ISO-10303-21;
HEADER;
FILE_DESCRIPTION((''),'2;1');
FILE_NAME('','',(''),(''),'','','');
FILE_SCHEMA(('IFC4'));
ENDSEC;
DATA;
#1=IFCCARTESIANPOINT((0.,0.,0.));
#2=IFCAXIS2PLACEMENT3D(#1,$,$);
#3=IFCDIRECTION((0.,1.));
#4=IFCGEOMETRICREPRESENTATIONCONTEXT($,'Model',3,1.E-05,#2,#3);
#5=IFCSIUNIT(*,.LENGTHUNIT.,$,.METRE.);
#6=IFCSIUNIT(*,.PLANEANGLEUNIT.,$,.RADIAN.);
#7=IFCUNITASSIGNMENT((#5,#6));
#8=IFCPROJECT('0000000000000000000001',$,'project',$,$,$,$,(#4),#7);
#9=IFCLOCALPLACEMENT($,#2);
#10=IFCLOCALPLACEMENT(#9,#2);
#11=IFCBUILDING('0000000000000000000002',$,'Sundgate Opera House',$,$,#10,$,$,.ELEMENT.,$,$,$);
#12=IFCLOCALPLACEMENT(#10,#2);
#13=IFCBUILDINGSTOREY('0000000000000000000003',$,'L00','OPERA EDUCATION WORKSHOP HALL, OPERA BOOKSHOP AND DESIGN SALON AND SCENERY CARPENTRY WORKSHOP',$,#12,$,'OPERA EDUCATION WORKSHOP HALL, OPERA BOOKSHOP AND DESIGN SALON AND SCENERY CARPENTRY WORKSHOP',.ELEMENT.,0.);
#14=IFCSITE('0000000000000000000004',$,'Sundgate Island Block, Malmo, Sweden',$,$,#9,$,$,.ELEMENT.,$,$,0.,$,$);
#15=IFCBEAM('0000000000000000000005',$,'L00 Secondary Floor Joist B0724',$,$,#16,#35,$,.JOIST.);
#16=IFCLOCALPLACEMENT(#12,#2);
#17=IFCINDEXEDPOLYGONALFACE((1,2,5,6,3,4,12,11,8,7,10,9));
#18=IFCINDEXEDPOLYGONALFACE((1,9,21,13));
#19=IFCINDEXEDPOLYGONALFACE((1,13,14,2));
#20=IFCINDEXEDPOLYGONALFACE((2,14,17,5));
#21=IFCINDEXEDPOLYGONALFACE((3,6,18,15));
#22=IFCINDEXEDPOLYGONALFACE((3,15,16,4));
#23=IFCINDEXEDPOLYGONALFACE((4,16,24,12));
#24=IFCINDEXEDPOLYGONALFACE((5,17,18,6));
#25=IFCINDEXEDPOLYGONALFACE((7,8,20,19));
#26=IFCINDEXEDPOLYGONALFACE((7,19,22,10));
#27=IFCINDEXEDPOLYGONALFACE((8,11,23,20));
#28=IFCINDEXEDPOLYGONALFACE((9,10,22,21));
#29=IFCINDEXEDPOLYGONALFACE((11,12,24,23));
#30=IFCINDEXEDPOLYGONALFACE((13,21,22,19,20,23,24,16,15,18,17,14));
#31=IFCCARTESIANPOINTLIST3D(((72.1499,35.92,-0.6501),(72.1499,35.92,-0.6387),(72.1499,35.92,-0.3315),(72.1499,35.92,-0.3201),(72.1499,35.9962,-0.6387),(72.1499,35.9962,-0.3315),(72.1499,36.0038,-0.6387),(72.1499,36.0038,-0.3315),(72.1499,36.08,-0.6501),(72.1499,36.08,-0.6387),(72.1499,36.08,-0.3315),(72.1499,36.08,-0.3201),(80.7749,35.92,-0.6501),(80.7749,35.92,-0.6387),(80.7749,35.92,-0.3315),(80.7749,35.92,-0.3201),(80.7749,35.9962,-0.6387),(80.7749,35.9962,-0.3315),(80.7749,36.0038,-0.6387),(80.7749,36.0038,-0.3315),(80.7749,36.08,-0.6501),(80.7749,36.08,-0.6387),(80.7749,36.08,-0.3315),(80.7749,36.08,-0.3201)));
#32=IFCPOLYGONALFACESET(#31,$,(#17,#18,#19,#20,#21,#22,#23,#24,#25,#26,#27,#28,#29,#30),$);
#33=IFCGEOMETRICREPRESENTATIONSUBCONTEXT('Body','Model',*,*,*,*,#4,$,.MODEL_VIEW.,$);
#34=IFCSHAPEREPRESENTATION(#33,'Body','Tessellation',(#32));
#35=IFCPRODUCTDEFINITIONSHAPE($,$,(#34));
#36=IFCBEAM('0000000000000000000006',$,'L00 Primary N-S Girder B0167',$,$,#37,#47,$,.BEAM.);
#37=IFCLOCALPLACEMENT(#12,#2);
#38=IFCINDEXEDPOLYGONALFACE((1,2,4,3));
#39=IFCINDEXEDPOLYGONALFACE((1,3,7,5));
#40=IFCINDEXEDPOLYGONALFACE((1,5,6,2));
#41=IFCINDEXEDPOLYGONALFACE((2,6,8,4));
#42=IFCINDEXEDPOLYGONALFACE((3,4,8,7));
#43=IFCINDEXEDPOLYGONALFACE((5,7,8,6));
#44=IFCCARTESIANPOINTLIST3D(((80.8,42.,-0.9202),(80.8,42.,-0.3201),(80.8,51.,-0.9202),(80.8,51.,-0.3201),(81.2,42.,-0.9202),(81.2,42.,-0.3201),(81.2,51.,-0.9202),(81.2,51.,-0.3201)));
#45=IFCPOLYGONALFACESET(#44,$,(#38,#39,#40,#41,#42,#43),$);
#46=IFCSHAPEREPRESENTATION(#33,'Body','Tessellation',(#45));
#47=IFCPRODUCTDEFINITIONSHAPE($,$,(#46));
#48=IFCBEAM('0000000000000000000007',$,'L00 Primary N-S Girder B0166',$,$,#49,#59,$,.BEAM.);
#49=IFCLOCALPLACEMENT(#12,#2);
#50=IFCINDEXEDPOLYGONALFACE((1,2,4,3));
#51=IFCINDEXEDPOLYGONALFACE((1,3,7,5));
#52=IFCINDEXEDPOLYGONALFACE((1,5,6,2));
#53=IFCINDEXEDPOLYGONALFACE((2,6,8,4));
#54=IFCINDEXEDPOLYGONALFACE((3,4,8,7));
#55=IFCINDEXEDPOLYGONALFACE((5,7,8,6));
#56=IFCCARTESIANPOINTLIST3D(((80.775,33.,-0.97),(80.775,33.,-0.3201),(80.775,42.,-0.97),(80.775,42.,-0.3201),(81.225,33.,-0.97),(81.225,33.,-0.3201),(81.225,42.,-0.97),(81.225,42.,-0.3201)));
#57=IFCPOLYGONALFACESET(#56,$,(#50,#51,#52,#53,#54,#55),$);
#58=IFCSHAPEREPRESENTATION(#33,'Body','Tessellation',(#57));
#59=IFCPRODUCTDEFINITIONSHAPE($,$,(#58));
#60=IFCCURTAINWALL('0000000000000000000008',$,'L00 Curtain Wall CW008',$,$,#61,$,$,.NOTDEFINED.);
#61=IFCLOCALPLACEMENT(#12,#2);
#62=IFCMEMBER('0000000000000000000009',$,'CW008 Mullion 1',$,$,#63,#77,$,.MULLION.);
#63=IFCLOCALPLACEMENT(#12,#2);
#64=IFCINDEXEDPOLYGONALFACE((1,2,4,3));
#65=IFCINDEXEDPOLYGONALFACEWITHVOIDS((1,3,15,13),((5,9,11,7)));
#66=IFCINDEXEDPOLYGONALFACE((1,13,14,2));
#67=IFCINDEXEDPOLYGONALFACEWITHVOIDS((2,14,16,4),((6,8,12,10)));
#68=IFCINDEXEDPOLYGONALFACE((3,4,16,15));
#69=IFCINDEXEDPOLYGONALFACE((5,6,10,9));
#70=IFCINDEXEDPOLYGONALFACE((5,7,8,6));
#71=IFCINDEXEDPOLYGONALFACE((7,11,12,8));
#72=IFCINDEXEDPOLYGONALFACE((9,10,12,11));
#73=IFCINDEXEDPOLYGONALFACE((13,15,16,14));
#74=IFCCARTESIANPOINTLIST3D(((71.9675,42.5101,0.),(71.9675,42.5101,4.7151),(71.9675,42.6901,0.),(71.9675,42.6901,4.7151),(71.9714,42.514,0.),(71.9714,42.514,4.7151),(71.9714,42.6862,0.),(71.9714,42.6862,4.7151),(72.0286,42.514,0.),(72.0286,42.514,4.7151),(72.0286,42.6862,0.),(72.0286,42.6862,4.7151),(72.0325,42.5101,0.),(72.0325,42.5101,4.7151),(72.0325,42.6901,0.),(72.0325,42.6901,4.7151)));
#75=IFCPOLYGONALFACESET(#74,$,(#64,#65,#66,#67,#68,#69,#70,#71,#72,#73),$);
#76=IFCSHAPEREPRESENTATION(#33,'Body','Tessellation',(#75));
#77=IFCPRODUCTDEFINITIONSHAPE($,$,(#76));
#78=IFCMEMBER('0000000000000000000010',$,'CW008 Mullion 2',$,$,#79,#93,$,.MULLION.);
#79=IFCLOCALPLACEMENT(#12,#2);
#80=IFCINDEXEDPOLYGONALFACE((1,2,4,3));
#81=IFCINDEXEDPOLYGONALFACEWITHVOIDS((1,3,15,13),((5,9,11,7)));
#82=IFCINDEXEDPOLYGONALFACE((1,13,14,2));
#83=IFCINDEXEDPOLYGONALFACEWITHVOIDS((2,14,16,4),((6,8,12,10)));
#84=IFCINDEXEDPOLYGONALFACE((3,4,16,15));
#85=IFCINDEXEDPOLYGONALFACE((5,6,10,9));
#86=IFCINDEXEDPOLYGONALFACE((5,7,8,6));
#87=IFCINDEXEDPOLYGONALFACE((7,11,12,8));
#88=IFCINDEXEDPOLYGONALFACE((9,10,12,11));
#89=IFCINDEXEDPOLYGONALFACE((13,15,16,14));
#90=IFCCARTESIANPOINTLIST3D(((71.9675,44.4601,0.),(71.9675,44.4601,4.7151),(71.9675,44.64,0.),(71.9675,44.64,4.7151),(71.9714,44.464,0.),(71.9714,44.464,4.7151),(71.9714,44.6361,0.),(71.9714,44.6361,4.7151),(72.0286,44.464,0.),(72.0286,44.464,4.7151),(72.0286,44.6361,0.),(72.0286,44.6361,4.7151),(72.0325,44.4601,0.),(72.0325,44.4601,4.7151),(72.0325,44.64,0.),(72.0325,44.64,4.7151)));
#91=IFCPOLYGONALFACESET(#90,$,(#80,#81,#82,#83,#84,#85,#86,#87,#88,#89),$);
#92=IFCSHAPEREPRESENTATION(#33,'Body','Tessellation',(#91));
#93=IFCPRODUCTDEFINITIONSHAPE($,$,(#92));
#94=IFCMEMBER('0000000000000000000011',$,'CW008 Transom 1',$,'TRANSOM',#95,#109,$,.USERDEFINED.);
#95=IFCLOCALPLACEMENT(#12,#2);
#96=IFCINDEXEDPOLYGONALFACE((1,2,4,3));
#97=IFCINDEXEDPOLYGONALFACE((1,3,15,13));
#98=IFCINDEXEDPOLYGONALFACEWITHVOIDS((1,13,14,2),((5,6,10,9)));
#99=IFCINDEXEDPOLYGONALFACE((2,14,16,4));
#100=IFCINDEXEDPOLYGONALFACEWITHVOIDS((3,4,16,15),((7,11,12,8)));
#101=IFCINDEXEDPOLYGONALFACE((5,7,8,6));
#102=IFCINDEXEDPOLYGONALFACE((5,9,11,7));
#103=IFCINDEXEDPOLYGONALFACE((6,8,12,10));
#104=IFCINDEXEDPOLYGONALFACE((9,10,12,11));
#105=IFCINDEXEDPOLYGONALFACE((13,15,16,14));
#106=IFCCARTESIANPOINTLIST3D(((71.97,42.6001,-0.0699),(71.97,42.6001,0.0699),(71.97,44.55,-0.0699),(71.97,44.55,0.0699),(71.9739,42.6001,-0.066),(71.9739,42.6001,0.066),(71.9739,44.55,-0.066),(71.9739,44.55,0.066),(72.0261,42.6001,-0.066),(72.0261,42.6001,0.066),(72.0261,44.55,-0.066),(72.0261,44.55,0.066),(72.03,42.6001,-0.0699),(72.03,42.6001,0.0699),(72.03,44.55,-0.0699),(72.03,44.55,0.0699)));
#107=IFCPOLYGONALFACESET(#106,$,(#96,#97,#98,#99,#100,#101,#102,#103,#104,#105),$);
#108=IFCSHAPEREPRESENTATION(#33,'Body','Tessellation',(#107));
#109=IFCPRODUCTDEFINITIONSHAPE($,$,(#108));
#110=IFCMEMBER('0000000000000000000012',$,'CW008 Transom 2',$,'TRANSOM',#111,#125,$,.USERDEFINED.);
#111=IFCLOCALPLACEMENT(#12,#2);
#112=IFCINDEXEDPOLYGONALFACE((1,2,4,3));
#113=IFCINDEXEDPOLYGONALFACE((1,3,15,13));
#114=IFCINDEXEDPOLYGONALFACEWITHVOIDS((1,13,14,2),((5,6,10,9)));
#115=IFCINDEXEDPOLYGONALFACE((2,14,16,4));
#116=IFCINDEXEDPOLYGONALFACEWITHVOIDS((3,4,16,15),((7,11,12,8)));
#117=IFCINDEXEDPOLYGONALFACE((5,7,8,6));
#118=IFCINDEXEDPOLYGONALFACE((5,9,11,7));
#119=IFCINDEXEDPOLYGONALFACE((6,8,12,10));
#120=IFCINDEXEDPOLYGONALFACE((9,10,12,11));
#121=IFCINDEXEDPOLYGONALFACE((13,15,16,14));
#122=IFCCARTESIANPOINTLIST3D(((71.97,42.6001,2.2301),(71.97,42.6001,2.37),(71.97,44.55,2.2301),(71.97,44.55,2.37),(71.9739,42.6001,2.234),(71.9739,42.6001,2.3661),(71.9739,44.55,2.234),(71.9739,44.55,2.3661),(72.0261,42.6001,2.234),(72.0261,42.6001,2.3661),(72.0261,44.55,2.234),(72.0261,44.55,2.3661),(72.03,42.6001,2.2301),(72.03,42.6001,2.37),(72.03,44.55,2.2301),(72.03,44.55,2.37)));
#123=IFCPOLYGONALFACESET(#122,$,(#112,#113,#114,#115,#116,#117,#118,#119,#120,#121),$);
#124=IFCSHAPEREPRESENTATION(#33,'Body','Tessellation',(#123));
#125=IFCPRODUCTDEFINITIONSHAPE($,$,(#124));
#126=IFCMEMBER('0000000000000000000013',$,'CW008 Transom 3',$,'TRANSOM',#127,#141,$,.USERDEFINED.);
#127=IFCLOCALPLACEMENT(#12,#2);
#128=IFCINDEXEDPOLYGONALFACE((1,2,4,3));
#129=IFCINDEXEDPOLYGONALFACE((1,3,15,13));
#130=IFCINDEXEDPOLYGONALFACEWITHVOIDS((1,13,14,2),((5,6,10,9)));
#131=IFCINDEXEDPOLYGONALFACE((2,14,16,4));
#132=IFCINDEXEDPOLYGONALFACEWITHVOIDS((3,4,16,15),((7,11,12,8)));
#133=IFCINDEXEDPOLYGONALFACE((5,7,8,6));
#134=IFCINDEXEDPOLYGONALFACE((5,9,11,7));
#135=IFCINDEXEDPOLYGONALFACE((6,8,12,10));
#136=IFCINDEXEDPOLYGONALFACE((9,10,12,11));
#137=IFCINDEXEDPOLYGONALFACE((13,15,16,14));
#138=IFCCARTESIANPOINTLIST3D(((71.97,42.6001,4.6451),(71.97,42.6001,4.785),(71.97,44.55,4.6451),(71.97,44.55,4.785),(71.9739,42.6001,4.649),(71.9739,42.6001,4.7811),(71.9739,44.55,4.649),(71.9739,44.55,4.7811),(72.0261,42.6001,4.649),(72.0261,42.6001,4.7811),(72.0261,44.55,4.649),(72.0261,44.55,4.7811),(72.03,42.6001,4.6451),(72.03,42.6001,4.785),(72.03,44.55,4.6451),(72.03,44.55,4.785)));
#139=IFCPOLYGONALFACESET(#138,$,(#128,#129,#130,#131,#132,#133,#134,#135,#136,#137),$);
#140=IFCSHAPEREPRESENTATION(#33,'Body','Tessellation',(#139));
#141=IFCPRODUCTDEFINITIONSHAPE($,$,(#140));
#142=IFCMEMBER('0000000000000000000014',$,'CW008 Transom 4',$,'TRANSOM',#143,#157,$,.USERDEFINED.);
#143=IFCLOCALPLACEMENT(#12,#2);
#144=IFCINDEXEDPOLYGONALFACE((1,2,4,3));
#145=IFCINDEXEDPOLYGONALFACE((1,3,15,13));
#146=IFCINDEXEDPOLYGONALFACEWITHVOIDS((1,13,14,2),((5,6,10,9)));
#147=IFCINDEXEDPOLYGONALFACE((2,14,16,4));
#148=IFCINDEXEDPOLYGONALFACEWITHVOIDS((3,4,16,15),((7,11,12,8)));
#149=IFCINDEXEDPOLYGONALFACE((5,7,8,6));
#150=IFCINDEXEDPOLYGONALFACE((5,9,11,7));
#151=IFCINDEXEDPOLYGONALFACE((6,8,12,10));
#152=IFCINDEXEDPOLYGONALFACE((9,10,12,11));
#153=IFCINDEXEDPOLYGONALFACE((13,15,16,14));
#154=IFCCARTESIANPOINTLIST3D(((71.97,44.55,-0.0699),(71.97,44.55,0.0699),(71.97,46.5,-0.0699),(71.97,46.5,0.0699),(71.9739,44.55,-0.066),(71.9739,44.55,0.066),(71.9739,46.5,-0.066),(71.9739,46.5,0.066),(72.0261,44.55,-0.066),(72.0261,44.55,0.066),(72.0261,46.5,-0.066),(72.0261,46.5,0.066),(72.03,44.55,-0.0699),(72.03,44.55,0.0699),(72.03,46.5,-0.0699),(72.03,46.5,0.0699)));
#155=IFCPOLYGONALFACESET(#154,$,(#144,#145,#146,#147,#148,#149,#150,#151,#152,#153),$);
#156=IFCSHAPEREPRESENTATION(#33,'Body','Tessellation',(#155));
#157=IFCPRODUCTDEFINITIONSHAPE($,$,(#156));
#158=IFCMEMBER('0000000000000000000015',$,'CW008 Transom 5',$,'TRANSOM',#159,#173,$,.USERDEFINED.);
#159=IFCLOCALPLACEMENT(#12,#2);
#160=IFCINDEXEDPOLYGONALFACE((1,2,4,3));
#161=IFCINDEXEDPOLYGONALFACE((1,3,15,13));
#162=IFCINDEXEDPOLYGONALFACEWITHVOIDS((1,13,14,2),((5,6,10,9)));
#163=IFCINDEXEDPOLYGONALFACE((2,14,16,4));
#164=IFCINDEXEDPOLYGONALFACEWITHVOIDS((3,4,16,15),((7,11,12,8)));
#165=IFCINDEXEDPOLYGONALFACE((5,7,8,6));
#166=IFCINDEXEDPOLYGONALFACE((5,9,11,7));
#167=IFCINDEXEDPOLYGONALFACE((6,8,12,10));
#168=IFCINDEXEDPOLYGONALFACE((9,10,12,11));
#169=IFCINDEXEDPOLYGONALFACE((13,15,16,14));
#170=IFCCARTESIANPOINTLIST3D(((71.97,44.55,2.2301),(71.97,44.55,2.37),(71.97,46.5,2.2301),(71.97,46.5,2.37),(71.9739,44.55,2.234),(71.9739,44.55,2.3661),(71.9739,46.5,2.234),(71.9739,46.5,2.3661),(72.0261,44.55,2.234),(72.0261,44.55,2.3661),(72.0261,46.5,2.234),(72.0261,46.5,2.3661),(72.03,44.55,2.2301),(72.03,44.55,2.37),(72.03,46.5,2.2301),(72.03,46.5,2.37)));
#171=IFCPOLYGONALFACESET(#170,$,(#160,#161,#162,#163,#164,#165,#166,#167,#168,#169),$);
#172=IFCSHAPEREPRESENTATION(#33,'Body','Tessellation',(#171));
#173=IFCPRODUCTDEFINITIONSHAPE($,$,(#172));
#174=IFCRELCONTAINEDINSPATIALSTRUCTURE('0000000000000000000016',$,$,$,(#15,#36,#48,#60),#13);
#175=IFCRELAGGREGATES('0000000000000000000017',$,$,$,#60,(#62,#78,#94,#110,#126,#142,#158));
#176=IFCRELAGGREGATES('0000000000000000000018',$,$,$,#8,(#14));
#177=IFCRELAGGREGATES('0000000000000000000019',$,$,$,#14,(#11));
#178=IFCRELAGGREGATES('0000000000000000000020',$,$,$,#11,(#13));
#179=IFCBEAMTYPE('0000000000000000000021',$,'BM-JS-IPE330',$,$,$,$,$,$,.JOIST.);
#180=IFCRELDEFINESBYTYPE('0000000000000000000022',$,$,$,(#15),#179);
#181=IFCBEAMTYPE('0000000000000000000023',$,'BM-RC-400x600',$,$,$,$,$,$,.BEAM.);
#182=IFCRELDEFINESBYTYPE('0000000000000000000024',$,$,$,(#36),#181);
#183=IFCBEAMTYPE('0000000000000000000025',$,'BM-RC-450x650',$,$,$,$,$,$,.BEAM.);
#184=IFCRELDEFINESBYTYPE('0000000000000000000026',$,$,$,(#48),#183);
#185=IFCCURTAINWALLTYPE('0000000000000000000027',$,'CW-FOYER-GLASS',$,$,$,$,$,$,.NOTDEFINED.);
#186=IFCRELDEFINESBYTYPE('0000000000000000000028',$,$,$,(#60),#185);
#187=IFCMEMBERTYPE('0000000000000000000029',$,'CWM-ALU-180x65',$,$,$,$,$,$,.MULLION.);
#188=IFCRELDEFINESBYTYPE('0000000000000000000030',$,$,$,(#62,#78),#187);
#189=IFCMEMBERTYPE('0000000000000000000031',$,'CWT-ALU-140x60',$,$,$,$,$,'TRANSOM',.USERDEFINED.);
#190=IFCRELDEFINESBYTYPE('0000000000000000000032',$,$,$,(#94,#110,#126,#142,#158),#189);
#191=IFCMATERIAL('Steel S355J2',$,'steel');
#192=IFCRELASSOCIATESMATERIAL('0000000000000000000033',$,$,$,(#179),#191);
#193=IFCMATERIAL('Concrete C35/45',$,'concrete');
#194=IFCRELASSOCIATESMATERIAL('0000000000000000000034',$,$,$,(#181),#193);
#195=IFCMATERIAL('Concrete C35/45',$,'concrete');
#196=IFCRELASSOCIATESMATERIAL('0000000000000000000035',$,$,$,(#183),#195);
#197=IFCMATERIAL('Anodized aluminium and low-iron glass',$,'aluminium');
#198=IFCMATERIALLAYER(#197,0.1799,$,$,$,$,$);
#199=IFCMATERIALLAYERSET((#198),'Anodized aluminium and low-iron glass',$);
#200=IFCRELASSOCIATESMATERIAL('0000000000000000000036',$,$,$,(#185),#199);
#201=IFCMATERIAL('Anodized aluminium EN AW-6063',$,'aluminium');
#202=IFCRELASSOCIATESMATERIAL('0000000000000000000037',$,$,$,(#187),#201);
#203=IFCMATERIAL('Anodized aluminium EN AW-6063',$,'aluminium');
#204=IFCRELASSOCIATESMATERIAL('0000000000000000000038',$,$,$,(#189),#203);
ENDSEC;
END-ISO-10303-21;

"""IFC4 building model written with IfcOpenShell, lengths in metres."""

from ifc_helpers import new_model, si_unit, direction, frame, origin, origin_2d, place, context, subcontext, project, spatial, rectangle, hollow_rectangle, i_section, extrude, material, layer, layer_set, material_profile, profile_set, type_object, element, aggregate, save


model = new_model("IFC4")

# Units and contexts
model_context = context("Model", 3, precision=1e-05, world=origin(), true_north=direction((0.0, 1.0)))
body_context = subcontext(model_context, "Body", "Model", "MODEL_VIEW")
ifc_project = project(units=[si_unit("LENGTHUNIT", "METRE"), si_unit("PLANEANGLEUNIT", "RADIAN")], contexts=[model_context])

# Site, building, storey
site_placement = place(None, origin())
site = spatial("IfcSite", under=ifc_project, at=site_placement, Name="Sundgate Island Block, Malmo, Sweden", CompositionType="ELEMENT", RefElevation=0.0)
building_placement = place(site_placement, origin())
building = spatial("IfcBuilding", under=site, at=building_placement, Name="Sundgate Opera House", CompositionType="ELEMENT")
storey_placement = place(building_placement, origin())
storey = spatial("IfcBuildingStorey", under=building, at=storey_placement, Name="L00", Description="OPERA EDUCATION WORKSHOP HALL, OPERA BOOKSHOP AND DESIGN SALON AND SCENERY CARPENTRY WORKSHOP", LongName="OPERA EDUCATION WORKSHOP HALL, OPERA BOOKSHOP AND DESIGN SALON AND SCENERY CARPENTRY WORKSHOP", CompositionType="ELEMENT", Elevation=0.0)

# Beams
ifc_material_1 = material(Name="Steel S355J2", Category="steel")
ifc_material_profile_1 = material_profile(ifc_material_1, i_section(OverallWidth=0.1599, OverallDepth=0.3301, WebThickness=0.0076, FlangeThickness=0.0115, at=origin_2d()), Name="IPE 330")
ifc_profile_set_1 = profile_set([ifc_material_profile_1], Name="Steel S355J2")
beam_type_1 = type_object("IfcBeamType", Name="BM-JS-IPE330", PredefinedType="JOIST", material=ifc_profile_set_1)
beam_1_placement = place(storey_placement, frame((72.1499, 36.0, -0.4851), z_axis=(1.0, 0.0, 0.0), x_axis=(0.0, 1.0, 0.0)))
element("IfcBeam", 1, at=beam_1_placement, inside=storey, type_object=beam_type_1, Name="L00 Secondary Floor Joist B0724", PredefinedType="JOIST", context=body_context, shape_type="SweptSolid", body=[
    extrude(i_section(OverallWidth=0.1599, OverallDepth=0.3301, WebThickness=0.0076, FlangeThickness=0.0115, at=origin_2d()), origin(), (0.0, 0.0, 1.0), 8.625),
])
ifc_material_2 = material(Name="Concrete C35/45", Category="concrete")
ifc_material_profile_2 = material_profile(ifc_material_2, rectangle(XDim=0.3999, YDim=0.6001, at=origin_2d()), Name="RC 400x600")
ifc_profile_set_2 = profile_set([ifc_material_profile_2], Name="Concrete C35/45")
beam_type_2 = type_object("IfcBeamType", Name="BM-RC-400x600", PredefinedType="BEAM", material=ifc_profile_set_2)
beam_2_placement = place(storey_placement, frame((81.0, 42.0, -0.6201), z_axis=(0.0, 1.0, 0.0), x_axis=(-1.0, 0.0, 0.0)))
element("IfcBeam", 2, at=beam_2_placement, inside=storey, type_object=beam_type_2, Name="L00 Primary N-S Girder B0167", PredefinedType="BEAM", context=body_context, shape_type="SweptSolid", body=[
    extrude(rectangle(XDim=0.3999, YDim=0.6001, at=origin_2d()), origin(), (0.0, 0.0, 1.0), 9.0),
])
ifc_material_3 = material(Name="Concrete C35/45", Category="concrete")
ifc_material_profile_3 = material_profile(ifc_material_3, rectangle(XDim=0.45, YDim=0.6499, at=origin_2d()), Name="RC 450x650")
ifc_profile_set_3 = profile_set([ifc_material_profile_3], Name="Concrete C35/45")
beam_type_3 = type_object("IfcBeamType", Name="BM-RC-450x650", PredefinedType="BEAM", material=ifc_profile_set_3)
beam_3_placement = place(storey_placement, frame((81.0, 33.0, -0.645), z_axis=(0.0, 1.0, 0.0), x_axis=(-1.0, 0.0, 0.0)))
element("IfcBeam", 3, at=beam_3_placement, inside=storey, type_object=beam_type_3, Name="L00 Primary N-S Girder B0166", PredefinedType="BEAM", context=body_context, shape_type="SweptSolid", body=[
    extrude(rectangle(XDim=0.45, YDim=0.6499, at=origin_2d()), origin(), (0.0, 0.0, 1.0), 9.0),
])

# Curtain wall, members
ifc_material_4 = material(Name="Anodized aluminium and low-iron glass", Category="aluminium")
ifc_layer_1 = layer(ifc_material_4, 0.1799)
ifc_layer_set_1 = layer_set([ifc_layer_1], Name="Anodized aluminium and low-iron glass")
curtain_wall_type = type_object("IfcCurtainWallType", Name="CW-FOYER-GLASS", PredefinedType="NOTDEFINED", material=ifc_layer_set_1)
curtain_wall_placement = place(storey_placement, origin())
curtain_wall = element("IfcCurtainWall", 4, at=curtain_wall_placement, inside=storey, type_object=curtain_wall_type, Name="L00 Curtain Wall CW008", PredefinedType="NOTDEFINED")
ifc_material_5 = material(Name="Anodized aluminium EN AW-6063", Category="aluminium")
ifc_material_profile_4 = material_profile(ifc_material_5, hollow_rectangle(XDim=0.0649, YDim=0.1799, WallThickness=0.0039, at=origin_2d()), Name="CWM 180x65x4")
ifc_profile_set_4 = profile_set([ifc_material_profile_4], Name="Anodized aluminium EN AW-6063")
member_type_1 = type_object("IfcMemberType", Name="CWM-ALU-180x65", PredefinedType="MULLION", material=ifc_profile_set_4)
member_1_placement = place(storey_placement, frame((72.0, 42.6001, 0.0), z_axis=(0.0, 0.0, 1.0), x_axis=(1.0, 0.0, 0.0)))
member_1 = element("IfcMember", 5, at=member_1_placement, type_object=member_type_1, Name="CW008 Mullion 1", PredefinedType="MULLION", context=body_context, shape_type="SweptSolid", body=[
    extrude(hollow_rectangle(XDim=0.0649, YDim=0.1799, WallThickness=0.0039, at=origin_2d()), origin(), (0.0, 0.0, 1.0), 4.7151),
])
member_2_placement = place(storey_placement, frame((72.0, 44.55, 0.0), z_axis=(0.0, 0.0, 1.0), x_axis=(1.0, 0.0, 0.0)))
member_2 = element("IfcMember", 6, at=member_2_placement, type_object=member_type_1, Name="CW008 Mullion 2", PredefinedType="MULLION", context=body_context, shape_type="SweptSolid", body=[
    extrude(hollow_rectangle(XDim=0.0649, YDim=0.1799, WallThickness=0.0039, at=origin_2d()), origin(), (0.0, 0.0, 1.0), 4.7151),
])
ifc_material_6 = material(Name="Anodized aluminium EN AW-6063", Category="aluminium")
ifc_material_profile_5 = material_profile(ifc_material_6, hollow_rectangle(XDim=0.0601, YDim=0.1399, WallThickness=0.0039, at=origin_2d()), Name="CWT 140x60x4")
ifc_profile_set_5 = profile_set([ifc_material_profile_5], Name="Anodized aluminium EN AW-6063")
member_type_2 = type_object("IfcMemberType", Name="CWT-ALU-140x60", ElementType="TRANSOM", PredefinedType="USERDEFINED", material=ifc_profile_set_5)
member_3_placement = place(storey_placement, frame((72.0, 42.6001, 0.0), z_axis=(0.0, 1.0, 0.0), x_axis=(-1.0, 0.0, 0.0)))
member_3 = element("IfcMember", 7, at=member_3_placement, type_object=member_type_2, Name="CW008 Transom 1", ObjectType="TRANSOM", PredefinedType="USERDEFINED", context=body_context, shape_type="SweptSolid", body=[
    extrude(hollow_rectangle(XDim=0.0601, YDim=0.1399, WallThickness=0.0039, at=origin_2d()), origin(), (0.0, 0.0, 1.0), 1.95),
])
member_4_placement = place(storey_placement, frame((72.0, 42.6001, 2.3), z_axis=(0.0, 1.0, 0.0), x_axis=(-1.0, 0.0, 0.0)))
member_4 = element("IfcMember", 8, at=member_4_placement, type_object=member_type_2, Name="CW008 Transom 2", ObjectType="TRANSOM", PredefinedType="USERDEFINED", context=body_context, shape_type="SweptSolid", body=[
    extrude(hollow_rectangle(XDim=0.0601, YDim=0.1399, WallThickness=0.0039, at=origin_2d()), origin(), (0.0, 0.0, 1.0), 1.95),
])
member_5_placement = place(storey_placement, frame((72.0, 42.6001, 4.7151), z_axis=(0.0, 1.0, 0.0), x_axis=(-1.0, 0.0, 0.0)))
member_5 = element("IfcMember", 9, at=member_5_placement, type_object=member_type_2, Name="CW008 Transom 3", ObjectType="TRANSOM", PredefinedType="USERDEFINED", context=body_context, shape_type="SweptSolid", body=[
    extrude(hollow_rectangle(XDim=0.0601, YDim=0.1399, WallThickness=0.0039, at=origin_2d()), origin(), (0.0, 0.0, 1.0), 1.95),
])
member_6_placement = place(storey_placement, frame((72.0, 44.55, 0.0), z_axis=(0.0, 1.0, 0.0), x_axis=(-1.0, 0.0, 0.0)))
member_6 = element("IfcMember", 10, at=member_6_placement, type_object=member_type_2, Name="CW008 Transom 4", ObjectType="TRANSOM", PredefinedType="USERDEFINED", context=body_context, shape_type="SweptSolid", body=[
    extrude(hollow_rectangle(XDim=0.0601, YDim=0.1399, WallThickness=0.0039, at=origin_2d()), origin(), (0.0, 0.0, 1.0), 1.95),
])
member_7_placement = place(storey_placement, frame((72.0, 44.55, 2.3), z_axis=(0.0, 1.0, 0.0), x_axis=(-1.0, 0.0, 0.0)))
member_7 = element("IfcMember", 11, at=member_7_placement, type_object=member_type_2, Name="CW008 Transom 5", ObjectType="TRANSOM", PredefinedType="USERDEFINED", context=body_context, shape_type="SweptSolid", body=[
    extrude(hollow_rectangle(XDim=0.0601, YDim=0.1399, WallThickness=0.0039, at=origin_2d()), origin(), (0.0, 0.0, 1.0), 1.95),
])
aggregate(curtain_wall, [member_1, member_2, member_3, member_4, member_5, member_6, member_7])

save(model, "model.ifc")
